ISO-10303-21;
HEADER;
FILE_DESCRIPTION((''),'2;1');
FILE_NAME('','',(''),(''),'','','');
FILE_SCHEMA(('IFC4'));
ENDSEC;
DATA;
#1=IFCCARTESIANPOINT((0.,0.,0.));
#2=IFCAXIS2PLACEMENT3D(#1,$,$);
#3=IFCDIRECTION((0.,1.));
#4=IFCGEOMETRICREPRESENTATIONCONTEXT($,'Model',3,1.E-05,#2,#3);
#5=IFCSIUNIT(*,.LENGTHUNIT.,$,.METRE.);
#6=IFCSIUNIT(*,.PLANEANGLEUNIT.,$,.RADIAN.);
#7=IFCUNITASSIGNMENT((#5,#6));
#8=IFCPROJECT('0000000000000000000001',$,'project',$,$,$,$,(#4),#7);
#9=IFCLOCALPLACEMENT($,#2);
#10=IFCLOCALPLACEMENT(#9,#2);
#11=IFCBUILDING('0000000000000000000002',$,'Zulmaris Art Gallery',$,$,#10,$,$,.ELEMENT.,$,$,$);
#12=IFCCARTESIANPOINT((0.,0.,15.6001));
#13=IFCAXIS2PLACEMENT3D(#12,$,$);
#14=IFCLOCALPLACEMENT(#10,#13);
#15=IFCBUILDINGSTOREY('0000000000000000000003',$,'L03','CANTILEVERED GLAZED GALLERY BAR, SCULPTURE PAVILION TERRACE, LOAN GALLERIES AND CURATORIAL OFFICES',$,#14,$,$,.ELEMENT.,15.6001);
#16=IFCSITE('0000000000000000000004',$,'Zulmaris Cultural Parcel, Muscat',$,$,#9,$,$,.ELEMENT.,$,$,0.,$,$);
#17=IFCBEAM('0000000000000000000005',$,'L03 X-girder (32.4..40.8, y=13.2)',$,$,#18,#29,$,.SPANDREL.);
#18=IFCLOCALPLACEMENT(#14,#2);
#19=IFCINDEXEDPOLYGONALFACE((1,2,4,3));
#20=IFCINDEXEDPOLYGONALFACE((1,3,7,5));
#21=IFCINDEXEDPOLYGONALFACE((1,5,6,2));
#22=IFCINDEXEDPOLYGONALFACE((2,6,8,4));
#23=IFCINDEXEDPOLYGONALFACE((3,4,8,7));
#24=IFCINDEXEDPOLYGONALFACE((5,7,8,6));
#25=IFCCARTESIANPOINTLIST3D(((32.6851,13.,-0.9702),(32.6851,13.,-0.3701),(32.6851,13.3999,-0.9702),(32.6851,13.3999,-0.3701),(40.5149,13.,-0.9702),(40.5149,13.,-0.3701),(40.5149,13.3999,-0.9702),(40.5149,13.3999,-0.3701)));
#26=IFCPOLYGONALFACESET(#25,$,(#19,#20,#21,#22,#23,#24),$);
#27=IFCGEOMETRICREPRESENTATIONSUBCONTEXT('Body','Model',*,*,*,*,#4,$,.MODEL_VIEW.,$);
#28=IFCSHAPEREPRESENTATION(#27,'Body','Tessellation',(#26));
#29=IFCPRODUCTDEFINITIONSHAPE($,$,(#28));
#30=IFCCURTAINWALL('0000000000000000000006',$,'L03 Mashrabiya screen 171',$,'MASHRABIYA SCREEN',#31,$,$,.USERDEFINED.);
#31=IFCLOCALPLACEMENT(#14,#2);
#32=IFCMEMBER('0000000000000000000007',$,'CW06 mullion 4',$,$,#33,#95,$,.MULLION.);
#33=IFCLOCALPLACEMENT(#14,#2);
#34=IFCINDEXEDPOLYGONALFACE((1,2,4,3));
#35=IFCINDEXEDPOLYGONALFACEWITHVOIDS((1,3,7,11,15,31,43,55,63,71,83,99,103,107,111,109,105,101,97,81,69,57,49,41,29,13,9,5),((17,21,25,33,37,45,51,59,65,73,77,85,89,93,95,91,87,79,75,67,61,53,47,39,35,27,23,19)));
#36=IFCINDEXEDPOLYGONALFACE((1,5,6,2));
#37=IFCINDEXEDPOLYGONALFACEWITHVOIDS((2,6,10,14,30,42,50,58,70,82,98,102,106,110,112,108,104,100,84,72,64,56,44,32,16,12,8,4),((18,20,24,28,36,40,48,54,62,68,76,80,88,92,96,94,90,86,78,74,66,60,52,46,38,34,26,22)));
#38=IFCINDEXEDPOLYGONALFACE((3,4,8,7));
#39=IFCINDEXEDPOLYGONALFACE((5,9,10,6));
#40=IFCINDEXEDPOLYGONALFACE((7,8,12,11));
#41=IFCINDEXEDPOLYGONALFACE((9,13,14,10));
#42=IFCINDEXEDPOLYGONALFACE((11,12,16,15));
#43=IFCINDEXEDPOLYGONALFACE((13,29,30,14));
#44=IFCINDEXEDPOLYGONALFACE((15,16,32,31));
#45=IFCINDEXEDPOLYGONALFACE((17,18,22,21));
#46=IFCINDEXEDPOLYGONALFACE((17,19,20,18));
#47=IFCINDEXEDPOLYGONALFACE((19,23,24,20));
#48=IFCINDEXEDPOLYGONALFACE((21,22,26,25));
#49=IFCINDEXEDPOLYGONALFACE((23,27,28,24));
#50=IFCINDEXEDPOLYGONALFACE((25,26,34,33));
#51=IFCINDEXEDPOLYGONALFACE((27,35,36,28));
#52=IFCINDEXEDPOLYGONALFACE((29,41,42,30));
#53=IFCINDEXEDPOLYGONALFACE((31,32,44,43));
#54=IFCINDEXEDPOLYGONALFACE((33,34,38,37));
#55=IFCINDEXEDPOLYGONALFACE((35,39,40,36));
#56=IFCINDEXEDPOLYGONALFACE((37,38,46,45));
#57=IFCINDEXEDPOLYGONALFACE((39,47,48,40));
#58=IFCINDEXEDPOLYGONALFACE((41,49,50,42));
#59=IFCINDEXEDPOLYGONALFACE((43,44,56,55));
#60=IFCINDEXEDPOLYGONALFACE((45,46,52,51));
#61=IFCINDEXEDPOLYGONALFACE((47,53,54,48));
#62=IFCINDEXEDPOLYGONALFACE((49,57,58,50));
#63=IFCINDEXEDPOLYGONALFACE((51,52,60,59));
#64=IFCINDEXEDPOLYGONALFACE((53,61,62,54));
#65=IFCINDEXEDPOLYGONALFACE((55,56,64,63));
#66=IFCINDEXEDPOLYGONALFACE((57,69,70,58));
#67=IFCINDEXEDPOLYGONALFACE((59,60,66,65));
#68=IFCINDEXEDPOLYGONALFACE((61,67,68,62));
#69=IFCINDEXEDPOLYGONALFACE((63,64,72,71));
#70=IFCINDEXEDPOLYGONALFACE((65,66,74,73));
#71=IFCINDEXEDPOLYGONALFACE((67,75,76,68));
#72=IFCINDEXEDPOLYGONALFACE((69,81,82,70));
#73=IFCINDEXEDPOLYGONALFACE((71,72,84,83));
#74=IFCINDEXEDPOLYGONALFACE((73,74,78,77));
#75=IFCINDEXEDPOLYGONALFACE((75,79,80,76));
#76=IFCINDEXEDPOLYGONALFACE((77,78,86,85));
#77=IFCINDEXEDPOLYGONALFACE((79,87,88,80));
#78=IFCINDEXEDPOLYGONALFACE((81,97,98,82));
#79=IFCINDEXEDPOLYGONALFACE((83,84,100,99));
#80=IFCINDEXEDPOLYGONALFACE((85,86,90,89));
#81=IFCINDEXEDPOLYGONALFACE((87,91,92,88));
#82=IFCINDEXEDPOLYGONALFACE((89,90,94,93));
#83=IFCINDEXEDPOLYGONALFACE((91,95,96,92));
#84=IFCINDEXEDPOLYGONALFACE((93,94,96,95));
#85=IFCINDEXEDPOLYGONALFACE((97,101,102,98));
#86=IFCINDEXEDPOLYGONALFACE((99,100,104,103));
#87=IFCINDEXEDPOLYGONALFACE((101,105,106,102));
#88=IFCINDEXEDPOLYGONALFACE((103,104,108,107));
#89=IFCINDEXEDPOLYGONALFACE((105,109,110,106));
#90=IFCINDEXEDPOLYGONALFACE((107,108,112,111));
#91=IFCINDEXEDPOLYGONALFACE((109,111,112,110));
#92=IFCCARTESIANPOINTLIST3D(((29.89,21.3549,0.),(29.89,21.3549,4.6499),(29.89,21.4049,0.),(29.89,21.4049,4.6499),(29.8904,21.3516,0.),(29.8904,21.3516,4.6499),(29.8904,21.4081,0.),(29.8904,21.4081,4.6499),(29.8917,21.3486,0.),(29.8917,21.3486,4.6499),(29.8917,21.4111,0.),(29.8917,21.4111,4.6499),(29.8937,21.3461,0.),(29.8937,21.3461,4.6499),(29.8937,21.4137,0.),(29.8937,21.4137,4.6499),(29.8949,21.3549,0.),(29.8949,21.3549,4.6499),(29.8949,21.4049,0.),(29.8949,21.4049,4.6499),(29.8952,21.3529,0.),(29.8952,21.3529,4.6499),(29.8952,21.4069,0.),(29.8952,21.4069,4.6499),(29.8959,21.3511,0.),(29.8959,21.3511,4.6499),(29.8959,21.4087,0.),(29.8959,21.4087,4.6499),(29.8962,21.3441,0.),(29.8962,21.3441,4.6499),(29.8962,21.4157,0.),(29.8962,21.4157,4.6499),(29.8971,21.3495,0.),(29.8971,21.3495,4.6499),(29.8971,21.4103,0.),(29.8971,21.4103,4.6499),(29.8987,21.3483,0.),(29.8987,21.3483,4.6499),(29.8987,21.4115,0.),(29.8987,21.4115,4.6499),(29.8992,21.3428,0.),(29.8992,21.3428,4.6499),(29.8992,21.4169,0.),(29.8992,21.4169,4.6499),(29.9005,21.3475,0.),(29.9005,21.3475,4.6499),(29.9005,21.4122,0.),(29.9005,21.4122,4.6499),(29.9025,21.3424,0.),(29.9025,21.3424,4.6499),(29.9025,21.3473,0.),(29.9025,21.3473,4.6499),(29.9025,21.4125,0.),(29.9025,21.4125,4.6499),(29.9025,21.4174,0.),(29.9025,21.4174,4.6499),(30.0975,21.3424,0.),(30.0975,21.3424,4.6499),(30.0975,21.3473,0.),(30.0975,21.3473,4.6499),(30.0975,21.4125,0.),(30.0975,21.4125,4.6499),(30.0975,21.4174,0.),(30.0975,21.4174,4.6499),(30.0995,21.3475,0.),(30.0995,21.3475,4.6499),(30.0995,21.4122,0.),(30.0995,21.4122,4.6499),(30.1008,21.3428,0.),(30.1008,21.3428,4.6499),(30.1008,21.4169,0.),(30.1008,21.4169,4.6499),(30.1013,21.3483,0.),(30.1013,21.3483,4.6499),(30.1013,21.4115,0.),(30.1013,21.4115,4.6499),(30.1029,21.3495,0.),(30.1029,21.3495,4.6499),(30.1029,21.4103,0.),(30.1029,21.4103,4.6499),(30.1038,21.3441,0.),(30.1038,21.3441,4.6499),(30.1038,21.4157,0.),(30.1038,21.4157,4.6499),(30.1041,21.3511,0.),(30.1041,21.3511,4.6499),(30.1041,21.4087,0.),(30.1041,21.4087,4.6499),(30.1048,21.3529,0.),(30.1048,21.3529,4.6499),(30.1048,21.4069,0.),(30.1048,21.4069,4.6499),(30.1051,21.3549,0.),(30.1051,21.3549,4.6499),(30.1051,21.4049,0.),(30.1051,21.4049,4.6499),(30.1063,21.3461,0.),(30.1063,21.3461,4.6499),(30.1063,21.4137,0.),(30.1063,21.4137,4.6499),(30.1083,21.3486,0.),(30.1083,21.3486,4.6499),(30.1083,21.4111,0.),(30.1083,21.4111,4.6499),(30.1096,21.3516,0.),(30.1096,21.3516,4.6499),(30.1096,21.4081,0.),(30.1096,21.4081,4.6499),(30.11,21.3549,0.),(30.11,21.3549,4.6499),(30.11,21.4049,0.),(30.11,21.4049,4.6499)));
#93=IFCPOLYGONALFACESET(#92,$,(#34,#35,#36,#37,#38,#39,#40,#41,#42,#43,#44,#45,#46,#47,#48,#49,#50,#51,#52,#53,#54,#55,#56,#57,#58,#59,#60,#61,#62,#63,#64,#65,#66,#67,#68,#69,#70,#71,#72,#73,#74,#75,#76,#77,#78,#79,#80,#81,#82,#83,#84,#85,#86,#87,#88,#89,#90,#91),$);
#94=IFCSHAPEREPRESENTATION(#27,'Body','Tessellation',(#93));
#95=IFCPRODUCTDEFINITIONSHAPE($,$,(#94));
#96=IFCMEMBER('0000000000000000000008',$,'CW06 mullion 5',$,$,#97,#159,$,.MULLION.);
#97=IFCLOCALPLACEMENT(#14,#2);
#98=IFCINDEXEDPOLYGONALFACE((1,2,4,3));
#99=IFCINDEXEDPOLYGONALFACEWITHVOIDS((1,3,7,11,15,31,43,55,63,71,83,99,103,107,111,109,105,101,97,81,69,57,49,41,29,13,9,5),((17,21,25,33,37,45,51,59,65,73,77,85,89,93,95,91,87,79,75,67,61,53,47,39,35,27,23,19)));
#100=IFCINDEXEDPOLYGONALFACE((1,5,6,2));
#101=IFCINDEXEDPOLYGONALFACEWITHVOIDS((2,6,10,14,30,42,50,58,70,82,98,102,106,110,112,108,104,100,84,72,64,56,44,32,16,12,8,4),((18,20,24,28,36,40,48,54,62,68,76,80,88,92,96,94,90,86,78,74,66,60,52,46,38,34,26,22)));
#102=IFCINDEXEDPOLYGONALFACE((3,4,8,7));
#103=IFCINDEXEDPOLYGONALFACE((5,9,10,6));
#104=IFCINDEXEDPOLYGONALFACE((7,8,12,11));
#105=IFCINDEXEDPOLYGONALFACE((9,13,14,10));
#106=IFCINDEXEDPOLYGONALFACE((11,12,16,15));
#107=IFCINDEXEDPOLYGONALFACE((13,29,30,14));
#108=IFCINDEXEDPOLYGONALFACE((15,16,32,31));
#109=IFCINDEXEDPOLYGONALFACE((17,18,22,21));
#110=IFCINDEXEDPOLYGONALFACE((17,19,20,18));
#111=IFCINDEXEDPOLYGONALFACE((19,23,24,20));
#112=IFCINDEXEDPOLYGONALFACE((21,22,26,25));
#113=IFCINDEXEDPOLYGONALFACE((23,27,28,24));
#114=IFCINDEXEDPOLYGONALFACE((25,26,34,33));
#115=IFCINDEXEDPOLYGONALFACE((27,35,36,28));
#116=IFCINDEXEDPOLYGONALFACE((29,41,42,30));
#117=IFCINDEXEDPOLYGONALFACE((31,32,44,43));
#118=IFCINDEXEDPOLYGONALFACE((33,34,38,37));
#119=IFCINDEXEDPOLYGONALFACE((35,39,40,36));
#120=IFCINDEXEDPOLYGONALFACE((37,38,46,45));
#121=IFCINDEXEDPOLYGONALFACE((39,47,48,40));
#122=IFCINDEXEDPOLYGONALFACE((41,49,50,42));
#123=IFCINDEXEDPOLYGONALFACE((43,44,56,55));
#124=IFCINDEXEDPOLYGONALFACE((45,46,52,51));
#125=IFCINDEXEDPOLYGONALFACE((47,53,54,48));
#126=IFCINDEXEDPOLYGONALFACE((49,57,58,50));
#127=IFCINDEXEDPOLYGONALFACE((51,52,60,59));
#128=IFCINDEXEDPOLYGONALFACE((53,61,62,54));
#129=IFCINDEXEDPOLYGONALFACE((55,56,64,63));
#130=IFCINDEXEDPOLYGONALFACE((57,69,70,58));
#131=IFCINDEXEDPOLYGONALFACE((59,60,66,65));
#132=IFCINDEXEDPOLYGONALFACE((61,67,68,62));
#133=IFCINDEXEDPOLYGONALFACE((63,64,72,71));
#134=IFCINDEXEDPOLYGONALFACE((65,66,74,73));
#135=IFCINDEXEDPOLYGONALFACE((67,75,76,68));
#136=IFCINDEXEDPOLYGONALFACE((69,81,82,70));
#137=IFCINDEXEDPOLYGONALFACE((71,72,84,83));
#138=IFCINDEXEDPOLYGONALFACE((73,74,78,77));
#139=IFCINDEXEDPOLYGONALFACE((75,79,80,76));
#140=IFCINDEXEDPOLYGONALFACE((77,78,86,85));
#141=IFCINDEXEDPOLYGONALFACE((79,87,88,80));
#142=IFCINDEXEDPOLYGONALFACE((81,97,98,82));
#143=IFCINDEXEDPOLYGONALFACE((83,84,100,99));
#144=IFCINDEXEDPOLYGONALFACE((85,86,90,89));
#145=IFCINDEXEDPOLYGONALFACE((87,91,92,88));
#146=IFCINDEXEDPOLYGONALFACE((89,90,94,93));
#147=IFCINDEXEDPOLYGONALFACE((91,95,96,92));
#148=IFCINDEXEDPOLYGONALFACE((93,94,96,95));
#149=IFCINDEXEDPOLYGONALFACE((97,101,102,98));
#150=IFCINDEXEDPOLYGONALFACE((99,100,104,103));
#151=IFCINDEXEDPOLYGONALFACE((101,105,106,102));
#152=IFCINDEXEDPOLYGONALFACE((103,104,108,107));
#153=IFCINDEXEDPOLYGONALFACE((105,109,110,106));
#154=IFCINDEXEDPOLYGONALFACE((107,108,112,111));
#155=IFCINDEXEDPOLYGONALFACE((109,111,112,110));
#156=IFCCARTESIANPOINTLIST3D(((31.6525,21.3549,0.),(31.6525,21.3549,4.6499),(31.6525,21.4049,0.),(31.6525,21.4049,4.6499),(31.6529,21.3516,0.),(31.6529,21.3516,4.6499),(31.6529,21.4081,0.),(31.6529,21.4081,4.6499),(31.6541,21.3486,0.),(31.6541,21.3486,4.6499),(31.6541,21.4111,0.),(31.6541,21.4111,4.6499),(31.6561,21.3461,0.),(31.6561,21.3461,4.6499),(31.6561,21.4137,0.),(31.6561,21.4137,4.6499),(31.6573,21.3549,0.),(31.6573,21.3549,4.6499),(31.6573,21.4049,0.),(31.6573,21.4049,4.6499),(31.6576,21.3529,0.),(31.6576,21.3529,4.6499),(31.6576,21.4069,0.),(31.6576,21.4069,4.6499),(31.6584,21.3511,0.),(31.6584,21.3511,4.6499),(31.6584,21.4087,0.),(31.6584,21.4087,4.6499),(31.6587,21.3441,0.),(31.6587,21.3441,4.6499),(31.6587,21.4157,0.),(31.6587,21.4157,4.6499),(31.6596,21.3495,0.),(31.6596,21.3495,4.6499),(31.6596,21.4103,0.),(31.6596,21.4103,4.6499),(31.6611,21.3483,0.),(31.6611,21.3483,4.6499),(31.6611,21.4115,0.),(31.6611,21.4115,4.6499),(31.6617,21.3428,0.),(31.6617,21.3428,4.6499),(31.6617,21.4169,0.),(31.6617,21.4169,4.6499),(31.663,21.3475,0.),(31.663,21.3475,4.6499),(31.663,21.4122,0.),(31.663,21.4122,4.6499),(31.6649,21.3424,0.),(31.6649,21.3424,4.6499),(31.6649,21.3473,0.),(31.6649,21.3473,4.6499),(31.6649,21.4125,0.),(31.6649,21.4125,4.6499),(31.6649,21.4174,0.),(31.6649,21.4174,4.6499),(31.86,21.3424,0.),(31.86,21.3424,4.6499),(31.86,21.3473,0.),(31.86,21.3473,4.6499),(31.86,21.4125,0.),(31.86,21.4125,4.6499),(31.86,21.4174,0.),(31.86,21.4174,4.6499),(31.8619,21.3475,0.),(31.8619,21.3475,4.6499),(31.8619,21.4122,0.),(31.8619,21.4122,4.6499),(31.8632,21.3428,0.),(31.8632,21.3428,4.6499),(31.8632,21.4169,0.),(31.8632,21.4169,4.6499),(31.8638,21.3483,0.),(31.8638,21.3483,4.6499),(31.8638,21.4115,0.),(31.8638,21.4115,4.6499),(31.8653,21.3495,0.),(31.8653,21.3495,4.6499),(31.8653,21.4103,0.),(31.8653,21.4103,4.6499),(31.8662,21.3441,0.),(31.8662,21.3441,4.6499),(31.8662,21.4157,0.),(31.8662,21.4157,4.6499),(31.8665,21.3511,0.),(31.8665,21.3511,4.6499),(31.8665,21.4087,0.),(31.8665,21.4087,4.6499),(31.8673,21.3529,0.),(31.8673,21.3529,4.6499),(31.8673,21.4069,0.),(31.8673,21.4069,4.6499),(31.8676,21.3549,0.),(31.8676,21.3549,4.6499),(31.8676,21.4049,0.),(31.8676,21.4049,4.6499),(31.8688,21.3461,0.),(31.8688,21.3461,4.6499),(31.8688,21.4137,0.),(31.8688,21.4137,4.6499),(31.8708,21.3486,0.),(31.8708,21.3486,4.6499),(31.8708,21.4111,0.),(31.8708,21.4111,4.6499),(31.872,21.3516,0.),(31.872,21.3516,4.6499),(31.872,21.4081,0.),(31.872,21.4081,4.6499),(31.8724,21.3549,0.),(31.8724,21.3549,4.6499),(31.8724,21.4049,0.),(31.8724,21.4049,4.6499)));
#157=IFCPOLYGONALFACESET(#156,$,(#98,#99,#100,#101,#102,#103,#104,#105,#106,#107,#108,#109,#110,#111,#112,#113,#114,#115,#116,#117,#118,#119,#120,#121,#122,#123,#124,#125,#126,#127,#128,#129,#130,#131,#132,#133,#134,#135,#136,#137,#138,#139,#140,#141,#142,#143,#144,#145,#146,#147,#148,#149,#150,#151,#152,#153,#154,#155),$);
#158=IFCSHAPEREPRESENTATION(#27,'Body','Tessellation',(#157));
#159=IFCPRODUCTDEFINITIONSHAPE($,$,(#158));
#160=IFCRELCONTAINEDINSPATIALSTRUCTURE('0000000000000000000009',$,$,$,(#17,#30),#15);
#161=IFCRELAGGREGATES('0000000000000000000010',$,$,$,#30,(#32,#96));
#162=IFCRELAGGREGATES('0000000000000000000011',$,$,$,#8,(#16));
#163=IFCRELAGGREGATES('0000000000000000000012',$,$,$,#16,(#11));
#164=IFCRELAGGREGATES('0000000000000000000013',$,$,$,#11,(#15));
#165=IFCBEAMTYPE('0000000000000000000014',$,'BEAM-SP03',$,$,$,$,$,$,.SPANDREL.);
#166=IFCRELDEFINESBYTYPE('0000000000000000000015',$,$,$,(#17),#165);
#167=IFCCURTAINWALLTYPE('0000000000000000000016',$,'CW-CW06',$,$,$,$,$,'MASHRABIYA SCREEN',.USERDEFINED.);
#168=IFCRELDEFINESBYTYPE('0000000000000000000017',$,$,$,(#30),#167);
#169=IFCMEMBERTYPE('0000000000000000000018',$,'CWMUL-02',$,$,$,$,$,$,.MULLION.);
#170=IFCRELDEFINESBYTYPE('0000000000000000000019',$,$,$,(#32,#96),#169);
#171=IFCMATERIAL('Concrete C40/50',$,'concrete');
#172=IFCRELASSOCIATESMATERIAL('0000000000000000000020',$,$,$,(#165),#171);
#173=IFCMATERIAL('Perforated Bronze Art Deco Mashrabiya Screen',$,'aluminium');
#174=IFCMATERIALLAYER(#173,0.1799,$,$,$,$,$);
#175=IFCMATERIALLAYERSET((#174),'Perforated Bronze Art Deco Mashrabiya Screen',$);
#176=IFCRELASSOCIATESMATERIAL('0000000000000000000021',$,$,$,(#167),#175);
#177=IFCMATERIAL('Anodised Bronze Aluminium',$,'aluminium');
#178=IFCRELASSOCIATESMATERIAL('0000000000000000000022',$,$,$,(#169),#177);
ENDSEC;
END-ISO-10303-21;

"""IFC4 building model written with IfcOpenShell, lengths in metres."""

from ifc_helpers import new_model, si_unit, direction, frame, origin, origin_2d, place, context, subcontext, project, spatial, rectangle, hollow_rectangle, extrude, material, layer, layer_set, material_profile, profile_set, type_object, element, aggregate, save


model = new_model("IFC4")

# Units and contexts
model_context = context("Model", 3, precision=1e-05, world=origin(), true_north=direction((0.0, 1.0)))
body_context = subcontext(model_context, "Body", "Model", "MODEL_VIEW")
ifc_project = project(units=[si_unit("LENGTHUNIT", "METRE"), si_unit("PLANEANGLEUNIT", "RADIAN")], contexts=[model_context])

# Site, building, storey
site_placement = place(None, origin())
site = spatial("IfcSite", under=ifc_project, at=site_placement, Name="Zulmaris Cultural Parcel, Muscat", CompositionType="ELEMENT", RefElevation=0.0)
building_placement = place(site_placement, origin())
building = spatial("IfcBuilding", under=site, at=building_placement, Name="Zulmaris Art Gallery", CompositionType="ELEMENT")
storey_placement = place(building_placement, frame((0.0, 0.0, 15.6001)))
storey = spatial("IfcBuildingStorey", under=building, at=storey_placement, Name="L03", Description="CANTILEVERED GLAZED GALLERY BAR, SCULPTURE PAVILION TERRACE, LOAN GALLERIES AND CURATORIAL OFFICES", CompositionType="ELEMENT", Elevation=15.6001)

# Beam
ifc_material_1 = material(Name="Concrete C40/50", Category="concrete")
ifc_material_profile_1 = material_profile(ifc_material_1, rectangle(XDim=0.3999, YDim=0.6001, at=origin_2d()), Name="RC 400x600")
ifc_profile_set_1 = profile_set([ifc_material_profile_1], Name="Concrete C40/50")
beam_type_1 = type_object("IfcBeamType", Name="BEAM-SP03", PredefinedType="SPANDREL", material=ifc_profile_set_1)
beam_1_placement = place(storey_placement, frame((32.6851, 13.2, -0.6702), z_axis=(1.0, 0.0, 0.0), x_axis=(0.0, 1.0, 0.0)))
element("IfcBeam", 1, at=beam_1_placement, inside=storey, type_object=beam_type_1, Name="L03 X-girder (32.4..40.8, y=13.2)", PredefinedType="SPANDREL", context=body_context, shape_type="SweptSolid", body=[
    extrude(rectangle(XDim=0.3999, YDim=0.6001, at=origin_2d()), origin(), (0.0, 0.0, 1.0), 7.8298),
])

# Curtain wall, members
ifc_material_2 = material(Name="Perforated Bronze Art Deco Mashrabiya Screen", Category="aluminium")
ifc_layer_1 = layer(ifc_material_2, 0.1799)
ifc_layer_set_1 = layer_set([ifc_layer_1], Name="Perforated Bronze Art Deco Mashrabiya Screen")
curtain_wall_type = type_object("IfcCurtainWallType", Name="CW-CW06", ElementType="MASHRABIYA SCREEN", PredefinedType="USERDEFINED", material=ifc_layer_set_1)
curtain_wall_1_placement = place(storey_placement, origin())
curtain_wall_1 = element("IfcCurtainWall", 2, at=curtain_wall_1_placement, inside=storey, type_object=curtain_wall_type, Name="L03 Mashrabiya screen 171", ObjectType="MASHRABIYA SCREEN", PredefinedType="USERDEFINED")
ifc_material_3 = material(Name="Anodised Bronze Aluminium", Category="aluminium")
ifc_material_profile_2 = material_profile(ifc_material_3, hollow_rectangle(XDim=0.075, YDim=0.22, WallThickness=0.0049, InnerFilletRadius=0.0076, OuterFilletRadius=0.0125, at=origin_2d()), Name="ALU 75x220x5")
ifc_profile_set_2 = profile_set([ifc_material_profile_2], Name="Anodised Bronze Aluminium")
member_type_1 = type_object("IfcMemberType", Name="CWMUL-02", PredefinedType="MULLION", material=ifc_profile_set_2)
member_1_placement = place(storey_placement, frame((30.0, 21.3799, 0.0), z_axis=(0.0, 0.0, 1.0), x_axis=(0.0, 1.0, 0.0)))
member_1 = element("IfcMember", 3, at=member_1_placement, type_object=member_type_1, Name="CW06 mullion 4", PredefinedType="MULLION", context=body_context, shape_type="SweptSolid", body=[
    extrude(hollow_rectangle(XDim=0.075, YDim=0.22, WallThickness=0.0049, InnerFilletRadius=0.0076, OuterFilletRadius=0.0125, at=origin_2d()), origin(), (0.0, 0.0, 1.0), 4.6499),
])
member_2_placement = place(storey_placement, frame((31.7625, 21.3799, 0.0), z_axis=(0.0, 0.0, 1.0), x_axis=(0.0, 1.0, 0.0)))
member_2 = element("IfcMember", 4, at=member_2_placement, type_object=member_type_1, Name="CW06 mullion 5", PredefinedType="MULLION", context=body_context, shape_type="SweptSolid", body=[
    extrude(hollow_rectangle(XDim=0.075, YDim=0.22, WallThickness=0.0049, InnerFilletRadius=0.0076, OuterFilletRadius=0.0125, at=origin_2d()), origin(), (0.0, 0.0, 1.0), 4.6499),
])

aggregate(curtain_wall_1, [member_1, member_2])

save(model, "model.ifc")
